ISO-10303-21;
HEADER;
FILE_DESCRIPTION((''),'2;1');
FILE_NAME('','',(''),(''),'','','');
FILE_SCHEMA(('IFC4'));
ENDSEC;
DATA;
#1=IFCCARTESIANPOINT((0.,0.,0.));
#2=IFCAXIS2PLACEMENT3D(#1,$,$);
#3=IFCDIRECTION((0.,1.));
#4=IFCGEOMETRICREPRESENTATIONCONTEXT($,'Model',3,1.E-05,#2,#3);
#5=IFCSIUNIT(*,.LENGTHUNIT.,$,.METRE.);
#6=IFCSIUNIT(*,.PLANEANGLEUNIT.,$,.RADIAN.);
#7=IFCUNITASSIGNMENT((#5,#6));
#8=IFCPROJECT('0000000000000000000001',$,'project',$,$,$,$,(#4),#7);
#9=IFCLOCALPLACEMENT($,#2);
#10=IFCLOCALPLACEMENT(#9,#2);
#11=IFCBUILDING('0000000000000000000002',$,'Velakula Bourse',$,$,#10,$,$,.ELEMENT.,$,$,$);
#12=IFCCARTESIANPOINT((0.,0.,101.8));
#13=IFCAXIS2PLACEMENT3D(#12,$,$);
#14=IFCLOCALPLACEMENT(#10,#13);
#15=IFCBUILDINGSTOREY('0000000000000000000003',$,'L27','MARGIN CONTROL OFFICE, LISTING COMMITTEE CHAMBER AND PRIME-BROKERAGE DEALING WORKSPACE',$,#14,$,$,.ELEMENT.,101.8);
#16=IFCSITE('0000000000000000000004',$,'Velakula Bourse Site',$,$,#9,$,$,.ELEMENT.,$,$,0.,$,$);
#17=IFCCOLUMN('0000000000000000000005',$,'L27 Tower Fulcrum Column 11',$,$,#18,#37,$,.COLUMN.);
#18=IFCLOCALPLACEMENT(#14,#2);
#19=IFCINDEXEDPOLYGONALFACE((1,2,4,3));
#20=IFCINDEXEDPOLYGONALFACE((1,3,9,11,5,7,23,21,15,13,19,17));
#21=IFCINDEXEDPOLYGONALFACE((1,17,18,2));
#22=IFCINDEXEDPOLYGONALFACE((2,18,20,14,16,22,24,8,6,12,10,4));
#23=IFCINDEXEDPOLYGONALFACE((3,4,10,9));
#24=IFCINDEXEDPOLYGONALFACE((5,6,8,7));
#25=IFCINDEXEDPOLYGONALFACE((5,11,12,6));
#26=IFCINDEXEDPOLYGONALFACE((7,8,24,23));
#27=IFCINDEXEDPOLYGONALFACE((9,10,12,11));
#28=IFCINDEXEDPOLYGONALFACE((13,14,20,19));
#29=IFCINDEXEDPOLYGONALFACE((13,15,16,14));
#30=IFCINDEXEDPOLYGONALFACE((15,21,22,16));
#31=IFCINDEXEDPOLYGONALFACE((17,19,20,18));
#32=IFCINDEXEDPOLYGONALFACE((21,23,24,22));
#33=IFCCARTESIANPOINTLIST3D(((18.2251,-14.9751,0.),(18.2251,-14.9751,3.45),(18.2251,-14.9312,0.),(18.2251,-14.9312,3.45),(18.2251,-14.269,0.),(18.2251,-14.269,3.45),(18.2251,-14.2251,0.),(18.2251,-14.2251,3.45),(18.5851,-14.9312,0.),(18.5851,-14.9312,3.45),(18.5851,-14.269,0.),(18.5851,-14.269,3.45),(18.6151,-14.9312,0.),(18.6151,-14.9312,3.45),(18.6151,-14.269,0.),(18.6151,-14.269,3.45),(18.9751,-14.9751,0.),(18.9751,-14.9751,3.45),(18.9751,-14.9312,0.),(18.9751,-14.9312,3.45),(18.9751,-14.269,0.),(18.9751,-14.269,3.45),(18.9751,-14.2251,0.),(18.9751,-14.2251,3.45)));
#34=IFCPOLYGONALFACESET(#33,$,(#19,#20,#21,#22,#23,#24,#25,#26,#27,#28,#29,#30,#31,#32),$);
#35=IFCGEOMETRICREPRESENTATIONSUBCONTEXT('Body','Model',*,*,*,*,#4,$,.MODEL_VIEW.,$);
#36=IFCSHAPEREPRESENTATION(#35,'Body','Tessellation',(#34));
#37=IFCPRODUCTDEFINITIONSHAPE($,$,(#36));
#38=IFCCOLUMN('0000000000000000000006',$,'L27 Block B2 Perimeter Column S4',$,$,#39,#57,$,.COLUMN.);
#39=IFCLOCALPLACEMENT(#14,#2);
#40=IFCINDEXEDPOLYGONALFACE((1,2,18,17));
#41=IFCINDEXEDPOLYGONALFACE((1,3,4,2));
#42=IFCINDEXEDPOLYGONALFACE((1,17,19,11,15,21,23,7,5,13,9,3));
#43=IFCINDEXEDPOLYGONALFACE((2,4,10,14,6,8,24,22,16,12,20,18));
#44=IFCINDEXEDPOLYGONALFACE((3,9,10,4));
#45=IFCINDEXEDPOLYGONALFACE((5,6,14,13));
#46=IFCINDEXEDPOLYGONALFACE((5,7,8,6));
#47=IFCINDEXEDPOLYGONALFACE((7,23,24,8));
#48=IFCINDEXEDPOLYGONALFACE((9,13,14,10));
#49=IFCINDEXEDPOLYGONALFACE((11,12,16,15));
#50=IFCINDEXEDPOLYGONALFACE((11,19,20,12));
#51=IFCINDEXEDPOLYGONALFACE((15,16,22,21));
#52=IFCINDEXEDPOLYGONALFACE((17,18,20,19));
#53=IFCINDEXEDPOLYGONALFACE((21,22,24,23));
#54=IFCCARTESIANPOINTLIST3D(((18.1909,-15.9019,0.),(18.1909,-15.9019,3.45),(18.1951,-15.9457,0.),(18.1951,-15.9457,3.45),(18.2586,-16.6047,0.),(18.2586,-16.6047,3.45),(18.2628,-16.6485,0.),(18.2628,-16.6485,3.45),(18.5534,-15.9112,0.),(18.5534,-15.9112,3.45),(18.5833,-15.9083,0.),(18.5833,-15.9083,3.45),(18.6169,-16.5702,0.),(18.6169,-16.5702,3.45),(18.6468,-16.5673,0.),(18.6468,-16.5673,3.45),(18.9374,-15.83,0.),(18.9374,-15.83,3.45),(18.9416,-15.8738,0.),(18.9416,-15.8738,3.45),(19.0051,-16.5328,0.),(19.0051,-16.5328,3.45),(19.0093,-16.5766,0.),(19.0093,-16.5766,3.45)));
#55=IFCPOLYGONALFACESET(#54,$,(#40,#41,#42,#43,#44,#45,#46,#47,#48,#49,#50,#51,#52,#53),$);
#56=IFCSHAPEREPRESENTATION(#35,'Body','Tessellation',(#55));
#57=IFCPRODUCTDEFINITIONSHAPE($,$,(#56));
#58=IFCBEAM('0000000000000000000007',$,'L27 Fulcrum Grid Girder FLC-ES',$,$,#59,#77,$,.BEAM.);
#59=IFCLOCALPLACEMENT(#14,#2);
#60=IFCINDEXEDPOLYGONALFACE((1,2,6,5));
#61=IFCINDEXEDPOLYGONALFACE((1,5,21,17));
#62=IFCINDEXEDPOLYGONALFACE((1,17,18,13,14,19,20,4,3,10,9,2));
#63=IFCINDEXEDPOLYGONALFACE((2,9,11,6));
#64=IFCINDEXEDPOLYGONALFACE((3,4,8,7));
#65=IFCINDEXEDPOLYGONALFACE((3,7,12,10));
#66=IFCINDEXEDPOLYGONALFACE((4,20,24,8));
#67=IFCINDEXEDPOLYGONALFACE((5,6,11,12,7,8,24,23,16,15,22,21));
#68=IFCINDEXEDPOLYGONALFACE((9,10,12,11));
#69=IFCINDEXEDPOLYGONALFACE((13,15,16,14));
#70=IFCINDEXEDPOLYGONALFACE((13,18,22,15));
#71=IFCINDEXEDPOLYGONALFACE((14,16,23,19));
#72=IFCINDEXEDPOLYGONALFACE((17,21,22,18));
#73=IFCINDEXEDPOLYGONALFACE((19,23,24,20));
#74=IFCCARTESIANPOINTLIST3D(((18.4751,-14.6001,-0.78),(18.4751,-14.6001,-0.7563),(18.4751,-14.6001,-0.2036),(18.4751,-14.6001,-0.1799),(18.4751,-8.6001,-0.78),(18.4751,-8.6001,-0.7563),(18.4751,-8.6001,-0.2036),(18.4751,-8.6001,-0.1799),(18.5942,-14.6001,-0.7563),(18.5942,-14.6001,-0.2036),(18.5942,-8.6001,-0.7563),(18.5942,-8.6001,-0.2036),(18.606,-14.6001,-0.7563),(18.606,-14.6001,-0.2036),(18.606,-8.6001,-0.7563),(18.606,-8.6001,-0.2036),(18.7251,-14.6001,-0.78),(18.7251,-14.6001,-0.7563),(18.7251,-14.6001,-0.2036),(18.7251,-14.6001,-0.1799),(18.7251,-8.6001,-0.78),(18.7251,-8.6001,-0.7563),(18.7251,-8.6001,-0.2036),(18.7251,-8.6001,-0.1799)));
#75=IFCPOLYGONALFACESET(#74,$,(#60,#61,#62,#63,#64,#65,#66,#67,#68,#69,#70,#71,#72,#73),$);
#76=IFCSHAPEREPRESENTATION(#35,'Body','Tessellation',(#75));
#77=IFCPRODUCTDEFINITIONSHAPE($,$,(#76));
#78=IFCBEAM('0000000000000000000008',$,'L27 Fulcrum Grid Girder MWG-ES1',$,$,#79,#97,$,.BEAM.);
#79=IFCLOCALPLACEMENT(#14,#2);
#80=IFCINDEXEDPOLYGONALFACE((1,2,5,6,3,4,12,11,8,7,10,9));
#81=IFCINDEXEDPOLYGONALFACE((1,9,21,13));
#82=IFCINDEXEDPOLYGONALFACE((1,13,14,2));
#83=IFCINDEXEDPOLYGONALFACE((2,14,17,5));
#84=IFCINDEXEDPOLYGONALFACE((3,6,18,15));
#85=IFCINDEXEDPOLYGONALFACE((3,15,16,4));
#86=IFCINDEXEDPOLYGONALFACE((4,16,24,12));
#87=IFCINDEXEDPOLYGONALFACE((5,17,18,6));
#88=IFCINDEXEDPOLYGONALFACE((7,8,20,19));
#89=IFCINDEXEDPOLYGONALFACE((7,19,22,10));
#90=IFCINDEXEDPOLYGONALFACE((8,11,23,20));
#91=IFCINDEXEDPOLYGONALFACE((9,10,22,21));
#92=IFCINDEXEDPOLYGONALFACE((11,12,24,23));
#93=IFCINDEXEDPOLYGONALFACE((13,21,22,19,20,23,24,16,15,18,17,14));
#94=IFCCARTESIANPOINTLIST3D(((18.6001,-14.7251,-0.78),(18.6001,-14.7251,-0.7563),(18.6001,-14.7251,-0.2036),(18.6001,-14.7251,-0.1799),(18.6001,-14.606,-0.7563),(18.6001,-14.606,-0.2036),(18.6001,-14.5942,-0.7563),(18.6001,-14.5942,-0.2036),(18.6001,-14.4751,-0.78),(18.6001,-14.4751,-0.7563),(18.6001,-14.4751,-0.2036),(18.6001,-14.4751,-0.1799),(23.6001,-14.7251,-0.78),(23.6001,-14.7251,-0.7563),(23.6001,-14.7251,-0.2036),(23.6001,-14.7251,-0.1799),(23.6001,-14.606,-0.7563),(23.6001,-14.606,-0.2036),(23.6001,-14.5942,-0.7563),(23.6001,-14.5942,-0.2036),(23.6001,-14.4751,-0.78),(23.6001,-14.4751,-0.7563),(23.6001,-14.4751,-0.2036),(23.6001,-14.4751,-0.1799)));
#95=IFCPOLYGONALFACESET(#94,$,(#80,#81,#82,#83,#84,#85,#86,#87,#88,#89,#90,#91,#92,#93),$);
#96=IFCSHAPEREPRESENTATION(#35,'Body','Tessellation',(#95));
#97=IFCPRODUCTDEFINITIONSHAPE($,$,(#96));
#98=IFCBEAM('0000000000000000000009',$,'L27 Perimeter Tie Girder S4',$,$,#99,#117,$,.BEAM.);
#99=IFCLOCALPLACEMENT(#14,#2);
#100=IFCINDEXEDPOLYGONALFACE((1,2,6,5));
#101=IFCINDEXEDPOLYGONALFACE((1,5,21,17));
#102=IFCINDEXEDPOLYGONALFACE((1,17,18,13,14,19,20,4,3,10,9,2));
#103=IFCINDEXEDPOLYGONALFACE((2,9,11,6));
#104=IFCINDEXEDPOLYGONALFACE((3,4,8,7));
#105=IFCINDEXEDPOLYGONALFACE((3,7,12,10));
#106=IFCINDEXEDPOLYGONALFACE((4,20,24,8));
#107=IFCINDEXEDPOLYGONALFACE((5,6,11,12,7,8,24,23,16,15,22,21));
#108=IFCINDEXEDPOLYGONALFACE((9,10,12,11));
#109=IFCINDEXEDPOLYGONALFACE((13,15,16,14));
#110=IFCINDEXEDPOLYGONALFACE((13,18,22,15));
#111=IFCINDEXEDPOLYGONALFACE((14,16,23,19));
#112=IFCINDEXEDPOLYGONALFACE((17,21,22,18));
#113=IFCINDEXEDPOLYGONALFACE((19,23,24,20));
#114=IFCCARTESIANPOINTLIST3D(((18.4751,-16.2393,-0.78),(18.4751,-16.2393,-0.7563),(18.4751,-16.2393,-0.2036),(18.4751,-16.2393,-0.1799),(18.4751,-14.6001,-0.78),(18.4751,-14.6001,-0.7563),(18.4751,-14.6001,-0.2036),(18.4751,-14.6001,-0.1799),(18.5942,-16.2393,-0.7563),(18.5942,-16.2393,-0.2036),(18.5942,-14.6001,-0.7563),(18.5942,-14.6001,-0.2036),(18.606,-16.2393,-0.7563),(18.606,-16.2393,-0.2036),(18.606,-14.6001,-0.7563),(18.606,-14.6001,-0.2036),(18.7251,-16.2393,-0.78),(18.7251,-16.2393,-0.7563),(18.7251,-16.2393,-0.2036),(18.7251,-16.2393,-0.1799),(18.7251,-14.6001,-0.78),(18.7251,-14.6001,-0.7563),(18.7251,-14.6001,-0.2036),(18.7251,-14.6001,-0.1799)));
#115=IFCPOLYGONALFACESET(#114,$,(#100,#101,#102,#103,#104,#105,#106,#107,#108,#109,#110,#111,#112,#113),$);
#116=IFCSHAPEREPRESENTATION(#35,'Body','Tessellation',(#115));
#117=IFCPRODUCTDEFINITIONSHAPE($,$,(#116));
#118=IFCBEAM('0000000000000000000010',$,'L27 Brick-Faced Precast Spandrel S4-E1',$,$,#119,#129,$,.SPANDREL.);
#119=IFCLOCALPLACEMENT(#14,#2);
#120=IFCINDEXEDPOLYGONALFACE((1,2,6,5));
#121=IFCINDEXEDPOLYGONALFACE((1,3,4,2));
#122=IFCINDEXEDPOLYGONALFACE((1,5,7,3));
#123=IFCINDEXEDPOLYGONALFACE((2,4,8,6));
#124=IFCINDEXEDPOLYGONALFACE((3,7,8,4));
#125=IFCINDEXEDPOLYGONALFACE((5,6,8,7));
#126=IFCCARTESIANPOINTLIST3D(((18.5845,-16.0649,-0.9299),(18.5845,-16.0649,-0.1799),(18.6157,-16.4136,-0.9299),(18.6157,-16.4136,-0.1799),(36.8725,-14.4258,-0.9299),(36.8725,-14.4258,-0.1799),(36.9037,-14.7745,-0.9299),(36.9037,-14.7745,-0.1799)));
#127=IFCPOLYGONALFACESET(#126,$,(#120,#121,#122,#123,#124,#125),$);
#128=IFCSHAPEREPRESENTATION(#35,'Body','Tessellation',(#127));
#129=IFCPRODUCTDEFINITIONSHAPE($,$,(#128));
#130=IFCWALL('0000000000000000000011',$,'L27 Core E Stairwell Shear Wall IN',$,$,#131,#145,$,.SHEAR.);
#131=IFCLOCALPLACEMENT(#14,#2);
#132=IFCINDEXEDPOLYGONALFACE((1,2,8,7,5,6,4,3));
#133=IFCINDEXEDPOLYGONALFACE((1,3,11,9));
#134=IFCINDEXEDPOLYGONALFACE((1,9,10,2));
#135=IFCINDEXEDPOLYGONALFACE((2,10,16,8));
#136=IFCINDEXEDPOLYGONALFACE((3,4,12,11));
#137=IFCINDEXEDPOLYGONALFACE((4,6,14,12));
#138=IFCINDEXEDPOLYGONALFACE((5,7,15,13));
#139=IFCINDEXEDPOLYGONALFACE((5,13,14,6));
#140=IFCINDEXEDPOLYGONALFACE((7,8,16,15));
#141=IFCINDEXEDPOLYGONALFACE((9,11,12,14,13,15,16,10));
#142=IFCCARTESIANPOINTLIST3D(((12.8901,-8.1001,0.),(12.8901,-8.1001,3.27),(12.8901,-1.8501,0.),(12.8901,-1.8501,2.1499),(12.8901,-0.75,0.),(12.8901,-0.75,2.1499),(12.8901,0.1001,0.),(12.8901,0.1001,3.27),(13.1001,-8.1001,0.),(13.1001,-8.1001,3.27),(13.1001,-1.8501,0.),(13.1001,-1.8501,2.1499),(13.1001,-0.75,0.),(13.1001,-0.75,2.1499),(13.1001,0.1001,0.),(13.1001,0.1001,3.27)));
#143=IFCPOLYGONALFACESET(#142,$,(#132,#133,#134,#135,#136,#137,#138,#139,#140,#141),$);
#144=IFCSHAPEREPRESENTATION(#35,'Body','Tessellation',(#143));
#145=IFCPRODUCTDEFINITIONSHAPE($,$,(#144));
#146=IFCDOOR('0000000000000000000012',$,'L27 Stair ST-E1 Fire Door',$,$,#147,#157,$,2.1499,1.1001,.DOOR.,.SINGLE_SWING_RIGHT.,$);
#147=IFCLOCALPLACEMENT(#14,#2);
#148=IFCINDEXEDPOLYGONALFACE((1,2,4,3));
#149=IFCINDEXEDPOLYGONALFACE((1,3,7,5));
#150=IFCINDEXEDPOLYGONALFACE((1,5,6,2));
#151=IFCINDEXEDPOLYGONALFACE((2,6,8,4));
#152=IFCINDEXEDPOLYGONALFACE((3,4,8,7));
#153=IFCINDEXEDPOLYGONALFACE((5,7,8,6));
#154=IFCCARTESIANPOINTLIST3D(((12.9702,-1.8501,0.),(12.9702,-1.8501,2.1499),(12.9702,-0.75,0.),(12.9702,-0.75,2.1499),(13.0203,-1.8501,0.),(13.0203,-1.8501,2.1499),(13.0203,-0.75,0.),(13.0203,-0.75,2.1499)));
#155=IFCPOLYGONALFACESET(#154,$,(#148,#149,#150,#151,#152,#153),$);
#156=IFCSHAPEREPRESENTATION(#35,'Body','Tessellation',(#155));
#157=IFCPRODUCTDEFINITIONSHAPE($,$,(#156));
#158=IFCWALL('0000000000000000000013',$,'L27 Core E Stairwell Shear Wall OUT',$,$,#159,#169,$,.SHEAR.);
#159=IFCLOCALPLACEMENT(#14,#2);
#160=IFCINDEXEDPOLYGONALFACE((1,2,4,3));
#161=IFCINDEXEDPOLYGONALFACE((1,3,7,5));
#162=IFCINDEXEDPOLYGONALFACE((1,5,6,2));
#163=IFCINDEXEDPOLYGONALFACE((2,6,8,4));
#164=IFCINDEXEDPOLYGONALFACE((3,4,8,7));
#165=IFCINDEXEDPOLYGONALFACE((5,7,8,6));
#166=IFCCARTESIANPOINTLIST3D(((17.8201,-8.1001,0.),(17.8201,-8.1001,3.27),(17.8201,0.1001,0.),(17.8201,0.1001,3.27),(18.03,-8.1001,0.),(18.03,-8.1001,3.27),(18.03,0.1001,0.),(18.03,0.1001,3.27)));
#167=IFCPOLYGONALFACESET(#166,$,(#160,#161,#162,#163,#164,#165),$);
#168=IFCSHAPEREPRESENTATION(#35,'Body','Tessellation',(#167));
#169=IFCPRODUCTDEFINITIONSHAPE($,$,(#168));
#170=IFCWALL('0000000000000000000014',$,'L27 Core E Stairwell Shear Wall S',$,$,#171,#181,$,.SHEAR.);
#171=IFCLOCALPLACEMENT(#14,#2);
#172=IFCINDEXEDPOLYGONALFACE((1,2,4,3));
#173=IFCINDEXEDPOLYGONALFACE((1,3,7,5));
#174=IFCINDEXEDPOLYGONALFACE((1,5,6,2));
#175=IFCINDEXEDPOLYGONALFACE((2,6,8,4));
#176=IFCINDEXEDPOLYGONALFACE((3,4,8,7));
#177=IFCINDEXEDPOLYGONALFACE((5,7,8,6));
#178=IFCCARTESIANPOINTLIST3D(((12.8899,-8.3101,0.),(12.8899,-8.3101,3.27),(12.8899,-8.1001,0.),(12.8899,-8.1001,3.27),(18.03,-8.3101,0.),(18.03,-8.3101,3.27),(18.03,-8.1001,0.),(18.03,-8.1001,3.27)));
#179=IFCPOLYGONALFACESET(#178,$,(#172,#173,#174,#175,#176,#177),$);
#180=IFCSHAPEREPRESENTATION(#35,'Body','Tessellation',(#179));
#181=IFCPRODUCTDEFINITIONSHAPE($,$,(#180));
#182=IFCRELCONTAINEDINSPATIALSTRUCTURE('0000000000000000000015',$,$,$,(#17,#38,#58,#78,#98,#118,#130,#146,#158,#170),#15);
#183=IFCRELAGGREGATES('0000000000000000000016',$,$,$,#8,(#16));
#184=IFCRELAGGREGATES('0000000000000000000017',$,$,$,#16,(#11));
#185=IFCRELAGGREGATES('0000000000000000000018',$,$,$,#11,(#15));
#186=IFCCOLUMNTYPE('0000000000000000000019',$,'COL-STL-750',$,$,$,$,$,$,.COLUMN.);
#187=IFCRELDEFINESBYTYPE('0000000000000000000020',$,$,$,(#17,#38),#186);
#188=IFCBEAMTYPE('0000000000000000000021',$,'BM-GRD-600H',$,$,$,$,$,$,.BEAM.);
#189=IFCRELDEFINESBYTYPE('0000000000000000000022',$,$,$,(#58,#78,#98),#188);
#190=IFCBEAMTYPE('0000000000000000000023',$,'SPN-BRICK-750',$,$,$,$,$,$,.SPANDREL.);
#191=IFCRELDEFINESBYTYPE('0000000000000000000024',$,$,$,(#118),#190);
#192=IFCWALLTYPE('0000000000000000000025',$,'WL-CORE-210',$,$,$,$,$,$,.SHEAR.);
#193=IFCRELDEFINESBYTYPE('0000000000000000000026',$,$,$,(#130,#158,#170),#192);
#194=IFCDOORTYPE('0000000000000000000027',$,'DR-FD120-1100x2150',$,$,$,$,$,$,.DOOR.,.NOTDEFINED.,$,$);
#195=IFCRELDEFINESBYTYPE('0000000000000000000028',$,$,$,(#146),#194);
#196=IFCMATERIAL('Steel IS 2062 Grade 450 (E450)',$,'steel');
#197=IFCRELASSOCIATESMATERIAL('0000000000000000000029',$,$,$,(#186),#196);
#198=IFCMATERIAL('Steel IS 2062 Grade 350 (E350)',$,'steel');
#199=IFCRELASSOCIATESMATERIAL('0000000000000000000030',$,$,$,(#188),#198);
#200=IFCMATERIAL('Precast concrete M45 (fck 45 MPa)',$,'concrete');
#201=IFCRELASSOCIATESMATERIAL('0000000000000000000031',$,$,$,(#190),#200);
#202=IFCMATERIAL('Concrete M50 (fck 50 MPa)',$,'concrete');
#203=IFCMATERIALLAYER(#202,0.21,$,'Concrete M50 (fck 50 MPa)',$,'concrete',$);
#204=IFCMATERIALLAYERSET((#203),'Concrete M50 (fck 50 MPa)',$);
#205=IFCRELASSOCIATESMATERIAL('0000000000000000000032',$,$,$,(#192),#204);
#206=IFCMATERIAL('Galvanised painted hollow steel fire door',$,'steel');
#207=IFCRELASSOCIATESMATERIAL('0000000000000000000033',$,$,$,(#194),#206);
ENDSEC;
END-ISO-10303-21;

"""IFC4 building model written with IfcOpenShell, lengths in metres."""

from ifc_helpers import new_model, si_unit, direction, frame, frame_2d, origin, origin_2d, place, context, subcontext, project, spatial, rectangle, i_section, extrude, material, layer, layer_set, material_profile, profile_set, type_object, element, fill, save


model = new_model("IFC4")

# Units and contexts
model_context = context("Model", 3, precision=1e-05, world=origin(), true_north=direction((0.0, 1.0)))
body_context = subcontext(model_context, "Body", "Model", "MODEL_VIEW")
ifc_project = project(units=[si_unit("LENGTHUNIT", "METRE"), si_unit("PLANEANGLEUNIT", "RADIAN")], contexts=[model_context])

# Site, building, storey
site_placement = place(None, origin())
site = spatial("IfcSite", under=ifc_project, at=site_placement, Name="Velakula Bourse Site", CompositionType="ELEMENT", RefElevation=0.0)
building_placement = place(site_placement, origin())
building = spatial("IfcBuilding", under=site, at=building_placement, Name="Velakula Bourse", CompositionType="ELEMENT")
storey_placement = place(building_placement, frame((0.0, 0.0, 101.8)))
storey = spatial("IfcBuildingStorey", under=building, at=storey_placement, Name="L27", Description="MARGIN CONTROL OFFICE, LISTING COMMITTEE CHAMBER AND PRIME-BROKERAGE DEALING WORKSPACE", CompositionType="ELEMENT", Elevation=101.8)

# Columns
ifc_material_1 = material(Name="Steel IS 2062 Grade 450 (E450)", Category="steel")
ifc_material_profile_1 = material_profile(ifc_material_1, i_section(OverallWidth=0.75, OverallDepth=0.75, WebThickness=0.03, FlangeThickness=0.0439, at=origin_2d()), Name="Steel IS 2062 Grade 450 (E450)")
ifc_profile_set_1 = profile_set([ifc_material_profile_1], Name="Steel IS 2062 Grade 450 (E450)")
column_type = type_object("IfcColumnType", Name="COL-STL-750", PredefinedType="COLUMN", material=ifc_profile_set_1)
for number, where, z_axis, x_axis, name in (
    (1, (18.6001, -14.6001, 0.0), (0.0, 0.0, 1.0), (1.0, 0.0, 0.0), "L27 Tower Fulcrum Column 11"),
    (2, (18.6001, -16.2393, 0.0), (0.0, 0.0, 1.0), (0.995396, 0.095846, 0.0), "L27 Block B2 Perimeter Column S4"),
):
    element("IfcColumn", number, at=place(storey_placement, frame(where, z_axis=z_axis, x_axis=x_axis)), inside=storey, type_object=column_type, Name=name, PredefinedType="COLUMN", context=body_context, shape_type="SweptSolid", body=[
        extrude(i_section(OverallWidth=0.75, OverallDepth=0.75, WebThickness=0.03, FlangeThickness=0.0439, at=origin_2d()), origin(), (0.0, 0.0, 1.0), 3.45),
    ])

# Beams
ifc_material_2 = material(Name="Steel IS 2062 Grade 350 (E350)", Category="steel")
ifc_material_profile_2 = material_profile(ifc_material_2, i_section(OverallWidth=0.25, OverallDepth=0.6001, WebThickness=0.0117, FlangeThickness=0.0237, at=origin_2d()), Name="Steel IS 2062 Grade 350 (E350)")
ifc_profile_set_2 = profile_set([ifc_material_profile_2], Name="Steel IS 2062 Grade 350 (E350)")
beam_type_1 = type_object("IfcBeamType", Name="BM-GRD-600H", PredefinedType="BEAM", material=ifc_profile_set_2)
beam_1_placement = place(storey_placement, frame((18.6001, -14.6001, -0.48), z_axis=(0.0, 1.0, 0.0), x_axis=(-1.0, 0.0, 0.0)))
element("IfcBeam", 3, at=beam_1_placement, inside=storey, type_object=beam_type_1, Name="L27 Fulcrum Grid Girder FLC-ES", PredefinedType="BEAM", context=body_context, shape_type="SweptSolid", body=[
    extrude(i_section(OverallWidth=0.25, OverallDepth=0.6001, WebThickness=0.0117, FlangeThickness=0.0237, at=origin_2d()), origin(), (0.0, 0.0, 1.0), 6.0),
])
beam_2_placement = place(storey_placement, frame((18.6001, -14.6001, -0.48), z_axis=(1.0, 0.0, 0.0), x_axis=(0.0, 1.0, 0.0)))
element("IfcBeam", 4, at=beam_2_placement, inside=storey, type_object=beam_type_1, Name="L27 Fulcrum Grid Girder MWG-ES1", PredefinedType="BEAM", context=body_context, shape_type="SweptSolid", body=[
    extrude(i_section(OverallWidth=0.25, OverallDepth=0.6001, WebThickness=0.0117, FlangeThickness=0.0237, at=origin_2d()), origin(), (0.0, 0.0, 1.0), 5.0),
])
beam_3_placement = place(storey_placement, frame((18.6001, -14.6001, -0.48), z_axis=(0.0, -1.0, 0.0), x_axis=(1.0, 0.0, 0.0)))
element("IfcBeam", 5, at=beam_3_placement, inside=storey, type_object=beam_type_1, Name="L27 Perimeter Tie Girder S4", PredefinedType="BEAM", context=body_context, shape_type="SweptSolid", body=[
    extrude(i_section(OverallWidth=0.25, OverallDepth=0.6001, WebThickness=0.0117, FlangeThickness=0.0237, at=origin_2d()), origin(), (0.0, 0.0, 1.0), 1.6392),
])
ifc_material_3 = material(Name="Precast concrete M45 (fck 45 MPa)", Category="concrete")
ifc_material_profile_3 = material_profile(ifc_material_3, rectangle(XDim=0.3501, YDim=0.75, at=origin_2d()), Name="Precast concrete M45 (fck 45 MPa)")
ifc_profile_set_3 = profile_set([ifc_material_profile_3], Name="Precast concrete M45 (fck 45 MPa)")
beam_type_2 = type_object("IfcBeamType", Name="SPN-BRICK-750", PredefinedType="SPANDREL", material=ifc_profile_set_3)
beam_4_placement = place(storey_placement, frame((18.6001, -16.2393, -0.5549), z_axis=(0.996007, 0.089272, 0.0), x_axis=(-0.089272, 0.996007, 0.0)))
element("IfcBeam", 6, at=beam_4_placement, inside=storey, type_object=beam_type_2, Name="L27 Brick-Faced Precast Spandrel S4-E1", PredefinedType="SPANDREL", context=body_context, shape_type="SweptSolid", body=[
    extrude(rectangle(XDim=0.3501, YDim=0.75, at=origin_2d()), origin(), (0.0, 0.0, 1.0), 18.3613),
])

# Wall, opening, door
ifc_material_4 = material(Name="Concrete M50 (fck 50 MPa)", Category="concrete")
ifc_layer_1 = layer(ifc_material_4, 0.21, Name="Concrete M50 (fck 50 MPa)", Category="concrete")
ifc_layer_set_1 = layer_set([ifc_layer_1], Name="Concrete M50 (fck 50 MPa)")
wall_type_1 = type_object("IfcWallType", Name="WL-CORE-210", PredefinedType="SHEAR", material=ifc_layer_set_1)
wall_1_placement = place(storey_placement, frame((12.9951, -8.1001, 0.0), z_axis=(0.0, 0.0, 1.0), x_axis=(0.0, 1.0, 0.0)))
wall_1 = element("IfcWall", 7, at=wall_1_placement, inside=storey, type_object=wall_type_1, Name="L27 Core E Stairwell Shear Wall IN", PredefinedType="SHEAR", context=body_context, shape_type="SweptSolid", body=[
    extrude(rectangle(XDim=8.2002, YDim=0.21, at=frame_2d((4.1001, 0.0))), origin(), (0.0, 0.0, 1.0), 3.27),
])
opening_1_placement = place(wall_1_placement, frame((6.25, 0.0, 0.0)))
opening_1 = element("IfcOpeningElement", 8, at=opening_1_placement, cuts=wall_1, PredefinedType="OPENING", context=body_context, shape_type="SweptSolid", body=[
    extrude(rectangle(XDim=1.1001, YDim=2.1499, at=frame_2d((0.55, 1.075))), frame((0.0, 0.115, 0.0), z_axis=(0.0, -1.0, 0.0), x_axis=(1.0, 0.0, 0.0)), (0.0, 0.0, 1.0), 0.23),
])
ifc_material_5 = material(Name="Galvanised painted hollow steel fire door", Category="steel")
door_type_1 = type_object("IfcDoorType", Name="DR-FD120-1100x2150", OperationType="NOTDEFINED", PredefinedType="DOOR", material=ifc_material_5)
door_1_placement = place(opening_1_placement, origin())
door_1 = element("IfcDoor", 9, at=door_1_placement, inside=storey, type_object=door_type_1, Name="L27 Stair ST-E1 Fire Door", OperationType="SINGLE_SWING_RIGHT", OverallHeight=2.1499, OverallWidth=1.1001, PredefinedType="DOOR", context=body_context, shape_type="SweptSolid", body=[
    extrude(rectangle(XDim=1.1001, YDim=2.1499, at=frame_2d((0.55, 1.075))), frame((0.0, 0.0249, 0.0), z_axis=(0.0, -1.0, 0.0), x_axis=(1.0, 0.0, 0.0)), (0.0, 0.0, 1.0), 0.05),
])
fill(opening_1, door_1)

# Walls
wall_2_placement = place(storey_placement, frame((17.925, -8.1001, 0.0), z_axis=(0.0, 0.0, 1.0), x_axis=(0.0, 1.0, 0.0)))
element("IfcWall", 10, at=wall_2_placement, inside=storey, type_object=wall_type_1, Name="L27 Core E Stairwell Shear Wall OUT", PredefinedType="SHEAR", context=body_context, shape_type="SweptSolid", body=[
    extrude(rectangle(XDim=8.2002, YDim=0.21, at=frame_2d((4.1001, 0.0))), origin(), (0.0, 0.0, 1.0), 3.27),
])
wall_3_placement = place(storey_placement, frame((12.8899, -8.2051, 0.0), z_axis=(0.0, 0.0, 1.0), x_axis=(1.0, 0.0, 0.0)))
element("IfcWall", 11, at=wall_3_placement, inside=storey, type_object=wall_type_1, Name="L27 Core E Stairwell Shear Wall S", PredefinedType="SHEAR", context=body_context, shape_type="SweptSolid", body=[
    extrude(rectangle(XDim=5.1401, YDim=0.21, at=frame_2d((2.5701, 0.0))), origin(), (0.0, 0.0, 1.0), 3.27),
])

save(model, "model.ifc")
